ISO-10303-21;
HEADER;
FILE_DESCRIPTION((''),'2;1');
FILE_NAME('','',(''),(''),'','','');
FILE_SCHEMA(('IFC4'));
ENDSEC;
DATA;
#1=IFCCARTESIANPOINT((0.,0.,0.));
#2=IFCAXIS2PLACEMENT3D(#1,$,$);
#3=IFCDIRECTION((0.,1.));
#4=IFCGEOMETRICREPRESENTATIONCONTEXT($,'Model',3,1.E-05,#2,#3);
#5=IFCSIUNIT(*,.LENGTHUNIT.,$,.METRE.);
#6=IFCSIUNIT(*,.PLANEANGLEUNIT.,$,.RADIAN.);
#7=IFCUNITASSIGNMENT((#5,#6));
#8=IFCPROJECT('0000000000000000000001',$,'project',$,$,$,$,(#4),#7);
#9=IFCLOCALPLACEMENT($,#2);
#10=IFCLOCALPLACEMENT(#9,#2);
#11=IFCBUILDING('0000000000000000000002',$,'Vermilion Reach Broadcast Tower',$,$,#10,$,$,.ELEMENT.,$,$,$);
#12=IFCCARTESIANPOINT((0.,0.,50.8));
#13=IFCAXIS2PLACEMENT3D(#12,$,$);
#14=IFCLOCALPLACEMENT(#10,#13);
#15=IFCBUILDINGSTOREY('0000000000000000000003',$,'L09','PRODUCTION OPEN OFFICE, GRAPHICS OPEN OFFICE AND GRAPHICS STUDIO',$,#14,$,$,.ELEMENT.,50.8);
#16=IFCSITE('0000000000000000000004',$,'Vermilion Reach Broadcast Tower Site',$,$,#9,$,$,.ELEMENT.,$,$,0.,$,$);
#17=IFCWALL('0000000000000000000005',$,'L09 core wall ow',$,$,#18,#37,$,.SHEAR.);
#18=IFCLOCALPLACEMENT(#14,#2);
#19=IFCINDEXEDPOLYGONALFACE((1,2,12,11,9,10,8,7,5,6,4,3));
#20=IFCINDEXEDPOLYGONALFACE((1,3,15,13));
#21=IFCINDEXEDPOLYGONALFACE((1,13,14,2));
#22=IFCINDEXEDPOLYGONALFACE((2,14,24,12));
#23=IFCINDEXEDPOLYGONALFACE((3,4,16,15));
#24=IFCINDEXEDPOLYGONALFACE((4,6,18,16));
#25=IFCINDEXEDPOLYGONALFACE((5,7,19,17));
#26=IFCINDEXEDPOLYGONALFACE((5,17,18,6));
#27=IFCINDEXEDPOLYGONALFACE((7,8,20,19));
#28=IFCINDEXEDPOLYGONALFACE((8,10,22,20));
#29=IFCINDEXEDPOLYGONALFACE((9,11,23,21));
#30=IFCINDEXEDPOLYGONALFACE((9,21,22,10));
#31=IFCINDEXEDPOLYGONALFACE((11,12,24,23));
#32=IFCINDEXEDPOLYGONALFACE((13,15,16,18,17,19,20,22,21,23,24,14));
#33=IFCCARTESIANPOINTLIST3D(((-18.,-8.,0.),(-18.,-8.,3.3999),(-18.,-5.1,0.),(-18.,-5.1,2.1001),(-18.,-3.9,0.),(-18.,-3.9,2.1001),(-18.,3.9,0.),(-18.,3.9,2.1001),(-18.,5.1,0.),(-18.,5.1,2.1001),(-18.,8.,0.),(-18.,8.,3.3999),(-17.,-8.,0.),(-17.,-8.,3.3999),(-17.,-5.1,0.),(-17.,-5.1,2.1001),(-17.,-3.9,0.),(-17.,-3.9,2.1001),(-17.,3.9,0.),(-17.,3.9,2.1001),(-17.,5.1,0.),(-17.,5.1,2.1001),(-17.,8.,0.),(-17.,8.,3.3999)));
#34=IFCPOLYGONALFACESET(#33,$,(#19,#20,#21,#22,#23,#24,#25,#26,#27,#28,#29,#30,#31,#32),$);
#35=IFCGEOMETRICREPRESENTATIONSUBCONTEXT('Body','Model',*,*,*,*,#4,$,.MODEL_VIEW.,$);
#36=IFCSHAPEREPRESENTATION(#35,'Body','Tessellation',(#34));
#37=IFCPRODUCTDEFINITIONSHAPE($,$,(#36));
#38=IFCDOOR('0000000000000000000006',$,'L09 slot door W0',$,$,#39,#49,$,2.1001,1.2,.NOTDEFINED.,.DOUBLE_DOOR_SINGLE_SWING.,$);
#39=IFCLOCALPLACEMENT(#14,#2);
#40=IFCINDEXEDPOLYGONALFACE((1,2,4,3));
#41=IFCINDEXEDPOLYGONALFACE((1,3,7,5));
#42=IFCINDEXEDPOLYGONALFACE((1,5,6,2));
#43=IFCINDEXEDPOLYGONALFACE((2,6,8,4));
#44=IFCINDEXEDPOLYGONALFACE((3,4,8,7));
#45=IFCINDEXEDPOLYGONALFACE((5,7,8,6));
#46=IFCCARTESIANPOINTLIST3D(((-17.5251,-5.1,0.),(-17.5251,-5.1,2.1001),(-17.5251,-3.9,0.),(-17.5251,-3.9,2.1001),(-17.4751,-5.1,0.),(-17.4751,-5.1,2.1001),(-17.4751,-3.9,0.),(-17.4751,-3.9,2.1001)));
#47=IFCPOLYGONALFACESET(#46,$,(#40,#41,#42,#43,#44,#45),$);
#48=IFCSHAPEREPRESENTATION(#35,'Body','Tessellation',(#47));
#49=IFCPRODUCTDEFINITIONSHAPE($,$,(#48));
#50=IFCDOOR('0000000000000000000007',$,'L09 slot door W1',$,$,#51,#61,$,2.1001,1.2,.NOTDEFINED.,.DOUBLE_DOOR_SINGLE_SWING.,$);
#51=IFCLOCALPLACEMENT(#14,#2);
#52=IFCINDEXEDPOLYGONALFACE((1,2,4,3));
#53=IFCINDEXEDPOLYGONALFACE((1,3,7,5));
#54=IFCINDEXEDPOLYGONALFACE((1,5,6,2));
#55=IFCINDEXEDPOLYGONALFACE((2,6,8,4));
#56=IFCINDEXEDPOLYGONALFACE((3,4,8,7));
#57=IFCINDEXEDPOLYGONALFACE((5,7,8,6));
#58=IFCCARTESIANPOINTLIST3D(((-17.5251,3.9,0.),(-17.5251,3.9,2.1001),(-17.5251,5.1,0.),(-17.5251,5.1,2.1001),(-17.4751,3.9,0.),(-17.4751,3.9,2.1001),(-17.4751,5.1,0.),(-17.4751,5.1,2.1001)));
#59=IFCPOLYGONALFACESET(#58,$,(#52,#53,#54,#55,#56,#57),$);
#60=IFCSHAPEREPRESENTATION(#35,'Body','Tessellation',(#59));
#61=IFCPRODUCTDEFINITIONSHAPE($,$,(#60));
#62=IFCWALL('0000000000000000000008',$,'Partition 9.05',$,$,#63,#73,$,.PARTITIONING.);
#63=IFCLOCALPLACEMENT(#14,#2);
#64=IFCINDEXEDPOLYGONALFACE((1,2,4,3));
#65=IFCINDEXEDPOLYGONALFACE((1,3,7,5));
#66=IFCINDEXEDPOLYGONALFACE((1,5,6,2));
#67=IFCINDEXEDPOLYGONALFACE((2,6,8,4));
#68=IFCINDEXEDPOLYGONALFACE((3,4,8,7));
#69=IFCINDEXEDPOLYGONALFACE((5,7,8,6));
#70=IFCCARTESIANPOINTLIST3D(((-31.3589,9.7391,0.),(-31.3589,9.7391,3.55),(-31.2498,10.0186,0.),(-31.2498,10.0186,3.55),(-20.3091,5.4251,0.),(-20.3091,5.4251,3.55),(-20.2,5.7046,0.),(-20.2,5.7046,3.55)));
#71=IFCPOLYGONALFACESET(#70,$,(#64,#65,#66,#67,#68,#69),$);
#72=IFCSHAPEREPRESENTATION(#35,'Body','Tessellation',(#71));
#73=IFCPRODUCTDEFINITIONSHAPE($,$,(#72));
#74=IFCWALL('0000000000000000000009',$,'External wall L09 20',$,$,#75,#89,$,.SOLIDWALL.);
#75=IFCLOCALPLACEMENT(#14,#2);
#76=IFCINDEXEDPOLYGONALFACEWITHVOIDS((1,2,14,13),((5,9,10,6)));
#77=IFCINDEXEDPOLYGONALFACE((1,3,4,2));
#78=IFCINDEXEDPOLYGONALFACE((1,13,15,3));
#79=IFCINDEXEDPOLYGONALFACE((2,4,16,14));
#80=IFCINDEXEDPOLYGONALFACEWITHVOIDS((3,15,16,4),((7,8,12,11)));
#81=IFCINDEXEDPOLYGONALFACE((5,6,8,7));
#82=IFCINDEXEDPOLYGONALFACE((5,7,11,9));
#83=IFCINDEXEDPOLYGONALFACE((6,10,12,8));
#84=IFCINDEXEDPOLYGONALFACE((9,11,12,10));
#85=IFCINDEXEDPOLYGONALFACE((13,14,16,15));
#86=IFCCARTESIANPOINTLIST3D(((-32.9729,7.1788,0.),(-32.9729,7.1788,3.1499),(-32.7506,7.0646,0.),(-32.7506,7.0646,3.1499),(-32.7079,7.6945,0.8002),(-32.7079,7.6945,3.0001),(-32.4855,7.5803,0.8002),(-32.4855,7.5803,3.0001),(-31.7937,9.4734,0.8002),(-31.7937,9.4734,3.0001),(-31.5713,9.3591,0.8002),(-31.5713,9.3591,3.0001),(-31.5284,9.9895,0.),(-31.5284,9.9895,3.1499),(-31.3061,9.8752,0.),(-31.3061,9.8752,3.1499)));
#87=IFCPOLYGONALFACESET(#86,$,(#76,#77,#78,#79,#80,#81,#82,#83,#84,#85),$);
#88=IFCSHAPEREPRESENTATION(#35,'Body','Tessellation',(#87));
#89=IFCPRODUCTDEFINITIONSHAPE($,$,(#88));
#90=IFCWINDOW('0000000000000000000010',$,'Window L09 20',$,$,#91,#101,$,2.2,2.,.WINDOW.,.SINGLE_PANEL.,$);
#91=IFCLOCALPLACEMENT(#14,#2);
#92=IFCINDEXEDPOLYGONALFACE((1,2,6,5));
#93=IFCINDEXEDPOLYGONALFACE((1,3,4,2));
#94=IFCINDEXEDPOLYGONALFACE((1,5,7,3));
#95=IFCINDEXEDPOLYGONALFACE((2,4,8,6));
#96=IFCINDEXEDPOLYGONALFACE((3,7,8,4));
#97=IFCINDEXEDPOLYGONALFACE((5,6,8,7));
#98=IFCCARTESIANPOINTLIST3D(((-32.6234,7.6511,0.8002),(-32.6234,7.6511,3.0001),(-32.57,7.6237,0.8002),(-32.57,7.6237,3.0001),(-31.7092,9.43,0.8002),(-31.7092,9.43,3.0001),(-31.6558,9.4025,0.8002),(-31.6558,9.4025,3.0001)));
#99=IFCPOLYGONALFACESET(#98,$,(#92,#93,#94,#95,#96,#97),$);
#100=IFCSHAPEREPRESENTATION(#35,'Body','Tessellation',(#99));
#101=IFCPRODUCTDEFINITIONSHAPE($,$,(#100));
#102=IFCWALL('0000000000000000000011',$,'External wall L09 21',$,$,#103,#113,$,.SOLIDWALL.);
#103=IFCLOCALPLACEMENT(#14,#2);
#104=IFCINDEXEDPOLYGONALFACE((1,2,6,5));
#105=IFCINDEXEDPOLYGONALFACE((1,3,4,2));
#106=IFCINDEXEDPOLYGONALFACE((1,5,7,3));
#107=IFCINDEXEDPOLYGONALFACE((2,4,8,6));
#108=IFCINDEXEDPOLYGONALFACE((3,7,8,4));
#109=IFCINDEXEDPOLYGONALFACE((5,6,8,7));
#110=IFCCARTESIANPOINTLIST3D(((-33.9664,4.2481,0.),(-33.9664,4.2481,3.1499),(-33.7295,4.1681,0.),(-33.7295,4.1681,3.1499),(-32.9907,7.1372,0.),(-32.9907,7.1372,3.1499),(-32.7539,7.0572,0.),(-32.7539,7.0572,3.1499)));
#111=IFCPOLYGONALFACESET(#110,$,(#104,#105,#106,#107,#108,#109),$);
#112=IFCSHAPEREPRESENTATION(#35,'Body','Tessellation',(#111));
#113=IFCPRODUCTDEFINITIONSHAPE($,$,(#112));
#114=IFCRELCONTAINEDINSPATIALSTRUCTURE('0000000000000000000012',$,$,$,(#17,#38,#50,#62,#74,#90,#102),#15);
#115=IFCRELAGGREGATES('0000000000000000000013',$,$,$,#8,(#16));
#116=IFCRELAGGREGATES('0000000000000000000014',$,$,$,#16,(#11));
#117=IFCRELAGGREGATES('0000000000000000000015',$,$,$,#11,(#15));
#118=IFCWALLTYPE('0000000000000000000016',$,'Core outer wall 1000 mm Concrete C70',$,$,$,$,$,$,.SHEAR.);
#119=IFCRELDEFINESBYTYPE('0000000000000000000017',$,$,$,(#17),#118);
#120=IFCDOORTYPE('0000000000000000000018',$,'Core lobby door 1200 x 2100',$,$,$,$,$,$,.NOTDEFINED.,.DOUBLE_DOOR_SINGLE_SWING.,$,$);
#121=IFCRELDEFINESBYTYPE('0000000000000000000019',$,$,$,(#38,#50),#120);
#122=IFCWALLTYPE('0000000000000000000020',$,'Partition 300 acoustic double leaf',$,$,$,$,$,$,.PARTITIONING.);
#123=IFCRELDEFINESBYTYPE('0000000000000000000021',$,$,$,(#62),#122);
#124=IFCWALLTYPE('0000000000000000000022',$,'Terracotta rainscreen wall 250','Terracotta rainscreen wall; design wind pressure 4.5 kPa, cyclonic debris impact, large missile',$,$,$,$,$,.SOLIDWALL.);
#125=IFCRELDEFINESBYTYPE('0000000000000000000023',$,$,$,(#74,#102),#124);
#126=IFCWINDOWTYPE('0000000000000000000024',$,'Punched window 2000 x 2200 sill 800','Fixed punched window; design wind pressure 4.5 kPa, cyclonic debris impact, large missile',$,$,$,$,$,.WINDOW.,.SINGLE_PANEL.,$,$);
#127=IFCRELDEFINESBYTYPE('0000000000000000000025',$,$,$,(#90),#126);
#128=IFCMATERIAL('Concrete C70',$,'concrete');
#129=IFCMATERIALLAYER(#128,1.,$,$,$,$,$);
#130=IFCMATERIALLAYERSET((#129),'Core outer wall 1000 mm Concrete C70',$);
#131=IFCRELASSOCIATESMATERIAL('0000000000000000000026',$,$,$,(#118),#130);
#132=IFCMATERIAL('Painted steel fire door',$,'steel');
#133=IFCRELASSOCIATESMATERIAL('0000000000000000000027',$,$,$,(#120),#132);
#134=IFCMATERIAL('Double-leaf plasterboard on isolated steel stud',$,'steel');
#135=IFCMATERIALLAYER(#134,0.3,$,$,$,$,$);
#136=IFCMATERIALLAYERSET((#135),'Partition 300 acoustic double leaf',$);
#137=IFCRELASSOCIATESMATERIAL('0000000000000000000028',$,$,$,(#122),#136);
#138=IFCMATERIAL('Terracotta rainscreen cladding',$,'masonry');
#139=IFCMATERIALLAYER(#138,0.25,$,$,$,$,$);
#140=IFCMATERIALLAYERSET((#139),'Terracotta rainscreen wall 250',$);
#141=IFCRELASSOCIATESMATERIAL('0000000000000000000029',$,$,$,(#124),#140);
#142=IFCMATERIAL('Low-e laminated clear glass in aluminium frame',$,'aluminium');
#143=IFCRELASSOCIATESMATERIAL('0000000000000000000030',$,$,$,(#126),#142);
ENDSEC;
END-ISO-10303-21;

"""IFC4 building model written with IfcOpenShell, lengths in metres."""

from ifc_helpers import new_model, si_unit, direction, frame, frame_2d, origin, place, context, subcontext, project, spatial, rectangle, extrude, material, layer, layer_set, type_object, element, fill, save


model = new_model("IFC4")

# Units and contexts
model_context = context("Model", 3, precision=1e-05, world=origin(), true_north=direction((0.0, 1.0)))
body_context = subcontext(model_context, "Body", "Model", "MODEL_VIEW")
ifc_project = project(units=[si_unit("LENGTHUNIT", "METRE"), si_unit("PLANEANGLEUNIT", "RADIAN")], contexts=[model_context])

# Site, building, storey
site_placement = place(None, origin())
site = spatial("IfcSite", under=ifc_project, at=site_placement, Name="Vermilion Reach Broadcast Tower Site", CompositionType="ELEMENT", RefElevation=0.0)
building_placement = place(site_placement, origin())
building = spatial("IfcBuilding", under=site, at=building_placement, Name="Vermilion Reach Broadcast Tower", CompositionType="ELEMENT")
storey_placement = place(building_placement, frame((0.0, 0.0, 50.8)))
storey = spatial("IfcBuildingStorey", under=building, at=storey_placement, Name="L09", Description="PRODUCTION OPEN OFFICE, GRAPHICS OPEN OFFICE AND GRAPHICS STUDIO", CompositionType="ELEMENT", Elevation=50.8)

# Wall, openings, doors
ifc_material_1 = material(Name="Concrete C70", Category="concrete")
ifc_layer_1 = layer(ifc_material_1, 1.0)
ifc_layer_set_1 = layer_set([ifc_layer_1], Name="Core outer wall 1000 mm Concrete C70")
wall_type_1 = type_object("IfcWallType", Name="Core outer wall 1000 mm Concrete C70", PredefinedType="SHEAR", material=ifc_layer_set_1)
wall_1_placement = place(storey_placement, frame((-17.5, 8.0, 0.0), z_axis=(0.0, 0.0, 1.0), x_axis=(0.0, -1.0, 0.0)))
wall_1 = element("IfcWall", 1, at=wall_1_placement, inside=storey, type_object=wall_type_1, Name="L09 core wall ow", PredefinedType="SHEAR", context=body_context, shape_type="SweptSolid", body=[
    extrude(rectangle(XDim=16.0, YDim=1.0, at=frame_2d((8.0, 0.0))), origin(), (0.0, 0.0, 1.0), 3.3999),
])
opening_1_placement = place(wall_1_placement, frame((11.8999, 0.0, 0.0)))
opening_1 = element("IfcOpeningElement", 2, at=opening_1_placement, cuts=wall_1, PredefinedType="OPENING", context=body_context, shape_type="SweptSolid", body=[
    extrude(rectangle(XDim=1.2, YDim=2.1001, at=frame_2d((0.6001, 1.05))), frame((0.0, 0.51, 0.0), z_axis=(0.0, -1.0, 0.0), x_axis=(1.0, 0.0, 0.0)), (0.0, 0.0, 1.0), 1.02),
])
opening_2_placement = place(wall_1_placement, frame((2.8999, 0.0, 0.0)))
opening_2 = element("IfcOpeningElement", 3, at=opening_2_placement, cuts=wall_1, PredefinedType="OPENING", context=body_context, shape_type="SweptSolid", body=[
    extrude(rectangle(XDim=1.2, YDim=2.1001, at=frame_2d((0.6001, 1.05))), frame((0.0, 0.51, 0.0), z_axis=(0.0, -1.0, 0.0), x_axis=(1.0, 0.0, 0.0)), (0.0, 0.0, 1.0), 1.02),
])
ifc_material_2 = material(Name="Painted steel fire door", Category="steel")
door_type = type_object("IfcDoorType", Name="Core lobby door 1200 x 2100", OperationType="DOUBLE_DOOR_SINGLE_SWING", PredefinedType="NOTDEFINED", material=ifc_material_2)
door_1_placement = place(opening_1_placement, origin())
door_1 = element("IfcDoor", 4, at=door_1_placement, inside=storey, type_object=door_type, Name="L09 slot door W0", OperationType="DOUBLE_DOOR_SINGLE_SWING", OverallHeight=2.1001, OverallWidth=1.2, PredefinedType="NOTDEFINED", context=body_context, shape_type="SweptSolid", body=[
    extrude(rectangle(XDim=1.2, YDim=2.1001, at=frame_2d((0.6001, 1.05))), frame((0.0, 0.0249, 0.0), z_axis=(0.0, -1.0, 0.0), x_axis=(1.0, 0.0, 0.0)), (0.0, 0.0, 1.0), 0.05),
])
fill(opening_1, door_1)
door_2_placement = place(opening_2_placement, origin())
door_2 = element("IfcDoor", 5, at=door_2_placement, inside=storey, type_object=door_type, Name="L09 slot door W1", OperationType="DOUBLE_DOOR_SINGLE_SWING", OverallHeight=2.1001, OverallWidth=1.2, PredefinedType="NOTDEFINED", context=body_context, shape_type="SweptSolid", body=[
    extrude(rectangle(XDim=1.2, YDim=2.1001, at=frame_2d((0.6001, 1.05))), frame((0.0, 0.0249, 0.0), z_axis=(0.0, -1.0, 0.0), x_axis=(1.0, 0.0, 0.0)), (0.0, 0.0, 1.0), 0.05),
])
fill(opening_2, door_2)

# Wall
ifc_material_3 = material(Name="Double-leaf plasterboard on isolated steel stud", Category="steel")
ifc_layer_2 = layer(ifc_material_3, 0.3)
ifc_layer_set_2 = layer_set([ifc_layer_2], Name="Partition 300 acoustic double leaf")
wall_type_2 = type_object("IfcWallType", Name="Partition 300 acoustic double leaf", PredefinedType="PARTITIONING", material=ifc_layer_set_2)
wall_2_placement = place(storey_placement, frame((-31.3044, 9.8789, 0.0), z_axis=(0.0, 0.0, 1.0), x_axis=(0.931525, -0.363678, 0.0)))
element("IfcWall", 6, at=wall_2_placement, inside=storey, type_object=wall_type_2, Name="Partition 9.05", PredefinedType="PARTITIONING", context=body_context, shape_type="SweptSolid", body=[
    extrude(rectangle(XDim=11.8621, YDim=0.3, at=frame_2d((5.9312, 0.0))), origin(), (0.0, 0.0, 1.0), 3.55),
])

# Wall, opening, window
ifc_material_4 = material(Name="Terracotta rainscreen cladding", Category="masonry")
ifc_layer_3 = layer(ifc_material_4, 0.25)
ifc_layer_set_3 = layer_set([ifc_layer_3], Name="Terracotta rainscreen wall 250")
wall_type_3 = type_object("IfcWallType", Name="Terracotta rainscreen wall 250", Description="Terracotta rainscreen wall; design wind pressure 4.5 kPa, cyclonic debris impact, large missile", PredefinedType="SOLIDWALL", material=ifc_layer_set_3)
wall_3_placement = place(storey_placement, frame((-31.4172, 9.9324, 0.0), z_axis=(0.0, 0.0, 1.0), x_axis=(-0.457105, -0.889413, 0.0)))
wall_3 = element("IfcWall", 7, at=wall_3_placement, inside=storey, type_object=wall_type_3, Name="External wall L09 20", PredefinedType="SOLIDWALL", context=body_context, shape_type="SweptSolid", body=[
    extrude(rectangle(XDim=3.1602, YDim=0.25, at=frame_2d((1.5801, 0.0))), origin(), (0.0, 0.0, 1.0), 3.1499),
])
opening_3_placement = place(wall_3_placement, frame((0.5803, 0.0, 0.8)))
opening_3 = element("IfcOpeningElement", 8, at=opening_3_placement, cuts=wall_3, PredefinedType="OPENING", context=body_context, shape_type="SweptSolid", body=[
    extrude(rectangle(XDim=2.0, YDim=2.2, at=frame_2d((1.0, 1.1001))), frame((0.0, 0.135, 0.0), z_axis=(0.0, -1.0, 0.0), x_axis=(1.0, 0.0, 0.0)), (0.0, 0.0, 1.0), 0.27),
])
ifc_material_5 = material(Name="Low-e laminated clear glass in aluminium frame", Category="aluminium")
window_type = type_object("IfcWindowType", Name="Punched window 2000 x 2200 sill 800", Description="Fixed punched window; design wind pressure 4.5 kPa, cyclonic debris impact, large missile", PartitioningType="SINGLE_PANEL", PredefinedType="WINDOW", material=ifc_material_5)
window_placement = place(opening_3_placement, origin())
window = element("IfcWindow", 9, at=window_placement, inside=storey, type_object=window_type, Name="Window L09 20", OverallHeight=2.2, OverallWidth=2.0, PartitioningType="SINGLE_PANEL", PredefinedType="WINDOW", context=body_context, shape_type="SweptSolid", body=[
    extrude(rectangle(XDim=2.0, YDim=2.2, at=frame_2d((1.0, 1.1001))), frame((0.0, 0.03, 0.0), z_axis=(0.0, -1.0, 0.0), x_axis=(1.0, 0.0, 0.0)), (0.0, 0.0, 1.0), 0.0601),
])
fill(opening_3, window)

# Wall
wall_4_placement = place(storey_placement, frame((-32.8723, 7.0972, 0.0), z_axis=(0.0, 0.0, 1.0), x_axis=(-0.319948, -0.947435, 0.0)))
element("IfcWall", 10, at=wall_4_placement, inside=storey, type_object=wall_type_3, Name="External wall L09 21", PredefinedType="SOLIDWALL", context=body_context, shape_type="SweptSolid", body=[
    extrude(rectangle(XDim=3.0493, YDim=0.25, at=frame_2d((1.5247, 0.0))), origin(), (0.0, 0.0, 1.0), 3.1499),
])

save(model, "model.ifc")
